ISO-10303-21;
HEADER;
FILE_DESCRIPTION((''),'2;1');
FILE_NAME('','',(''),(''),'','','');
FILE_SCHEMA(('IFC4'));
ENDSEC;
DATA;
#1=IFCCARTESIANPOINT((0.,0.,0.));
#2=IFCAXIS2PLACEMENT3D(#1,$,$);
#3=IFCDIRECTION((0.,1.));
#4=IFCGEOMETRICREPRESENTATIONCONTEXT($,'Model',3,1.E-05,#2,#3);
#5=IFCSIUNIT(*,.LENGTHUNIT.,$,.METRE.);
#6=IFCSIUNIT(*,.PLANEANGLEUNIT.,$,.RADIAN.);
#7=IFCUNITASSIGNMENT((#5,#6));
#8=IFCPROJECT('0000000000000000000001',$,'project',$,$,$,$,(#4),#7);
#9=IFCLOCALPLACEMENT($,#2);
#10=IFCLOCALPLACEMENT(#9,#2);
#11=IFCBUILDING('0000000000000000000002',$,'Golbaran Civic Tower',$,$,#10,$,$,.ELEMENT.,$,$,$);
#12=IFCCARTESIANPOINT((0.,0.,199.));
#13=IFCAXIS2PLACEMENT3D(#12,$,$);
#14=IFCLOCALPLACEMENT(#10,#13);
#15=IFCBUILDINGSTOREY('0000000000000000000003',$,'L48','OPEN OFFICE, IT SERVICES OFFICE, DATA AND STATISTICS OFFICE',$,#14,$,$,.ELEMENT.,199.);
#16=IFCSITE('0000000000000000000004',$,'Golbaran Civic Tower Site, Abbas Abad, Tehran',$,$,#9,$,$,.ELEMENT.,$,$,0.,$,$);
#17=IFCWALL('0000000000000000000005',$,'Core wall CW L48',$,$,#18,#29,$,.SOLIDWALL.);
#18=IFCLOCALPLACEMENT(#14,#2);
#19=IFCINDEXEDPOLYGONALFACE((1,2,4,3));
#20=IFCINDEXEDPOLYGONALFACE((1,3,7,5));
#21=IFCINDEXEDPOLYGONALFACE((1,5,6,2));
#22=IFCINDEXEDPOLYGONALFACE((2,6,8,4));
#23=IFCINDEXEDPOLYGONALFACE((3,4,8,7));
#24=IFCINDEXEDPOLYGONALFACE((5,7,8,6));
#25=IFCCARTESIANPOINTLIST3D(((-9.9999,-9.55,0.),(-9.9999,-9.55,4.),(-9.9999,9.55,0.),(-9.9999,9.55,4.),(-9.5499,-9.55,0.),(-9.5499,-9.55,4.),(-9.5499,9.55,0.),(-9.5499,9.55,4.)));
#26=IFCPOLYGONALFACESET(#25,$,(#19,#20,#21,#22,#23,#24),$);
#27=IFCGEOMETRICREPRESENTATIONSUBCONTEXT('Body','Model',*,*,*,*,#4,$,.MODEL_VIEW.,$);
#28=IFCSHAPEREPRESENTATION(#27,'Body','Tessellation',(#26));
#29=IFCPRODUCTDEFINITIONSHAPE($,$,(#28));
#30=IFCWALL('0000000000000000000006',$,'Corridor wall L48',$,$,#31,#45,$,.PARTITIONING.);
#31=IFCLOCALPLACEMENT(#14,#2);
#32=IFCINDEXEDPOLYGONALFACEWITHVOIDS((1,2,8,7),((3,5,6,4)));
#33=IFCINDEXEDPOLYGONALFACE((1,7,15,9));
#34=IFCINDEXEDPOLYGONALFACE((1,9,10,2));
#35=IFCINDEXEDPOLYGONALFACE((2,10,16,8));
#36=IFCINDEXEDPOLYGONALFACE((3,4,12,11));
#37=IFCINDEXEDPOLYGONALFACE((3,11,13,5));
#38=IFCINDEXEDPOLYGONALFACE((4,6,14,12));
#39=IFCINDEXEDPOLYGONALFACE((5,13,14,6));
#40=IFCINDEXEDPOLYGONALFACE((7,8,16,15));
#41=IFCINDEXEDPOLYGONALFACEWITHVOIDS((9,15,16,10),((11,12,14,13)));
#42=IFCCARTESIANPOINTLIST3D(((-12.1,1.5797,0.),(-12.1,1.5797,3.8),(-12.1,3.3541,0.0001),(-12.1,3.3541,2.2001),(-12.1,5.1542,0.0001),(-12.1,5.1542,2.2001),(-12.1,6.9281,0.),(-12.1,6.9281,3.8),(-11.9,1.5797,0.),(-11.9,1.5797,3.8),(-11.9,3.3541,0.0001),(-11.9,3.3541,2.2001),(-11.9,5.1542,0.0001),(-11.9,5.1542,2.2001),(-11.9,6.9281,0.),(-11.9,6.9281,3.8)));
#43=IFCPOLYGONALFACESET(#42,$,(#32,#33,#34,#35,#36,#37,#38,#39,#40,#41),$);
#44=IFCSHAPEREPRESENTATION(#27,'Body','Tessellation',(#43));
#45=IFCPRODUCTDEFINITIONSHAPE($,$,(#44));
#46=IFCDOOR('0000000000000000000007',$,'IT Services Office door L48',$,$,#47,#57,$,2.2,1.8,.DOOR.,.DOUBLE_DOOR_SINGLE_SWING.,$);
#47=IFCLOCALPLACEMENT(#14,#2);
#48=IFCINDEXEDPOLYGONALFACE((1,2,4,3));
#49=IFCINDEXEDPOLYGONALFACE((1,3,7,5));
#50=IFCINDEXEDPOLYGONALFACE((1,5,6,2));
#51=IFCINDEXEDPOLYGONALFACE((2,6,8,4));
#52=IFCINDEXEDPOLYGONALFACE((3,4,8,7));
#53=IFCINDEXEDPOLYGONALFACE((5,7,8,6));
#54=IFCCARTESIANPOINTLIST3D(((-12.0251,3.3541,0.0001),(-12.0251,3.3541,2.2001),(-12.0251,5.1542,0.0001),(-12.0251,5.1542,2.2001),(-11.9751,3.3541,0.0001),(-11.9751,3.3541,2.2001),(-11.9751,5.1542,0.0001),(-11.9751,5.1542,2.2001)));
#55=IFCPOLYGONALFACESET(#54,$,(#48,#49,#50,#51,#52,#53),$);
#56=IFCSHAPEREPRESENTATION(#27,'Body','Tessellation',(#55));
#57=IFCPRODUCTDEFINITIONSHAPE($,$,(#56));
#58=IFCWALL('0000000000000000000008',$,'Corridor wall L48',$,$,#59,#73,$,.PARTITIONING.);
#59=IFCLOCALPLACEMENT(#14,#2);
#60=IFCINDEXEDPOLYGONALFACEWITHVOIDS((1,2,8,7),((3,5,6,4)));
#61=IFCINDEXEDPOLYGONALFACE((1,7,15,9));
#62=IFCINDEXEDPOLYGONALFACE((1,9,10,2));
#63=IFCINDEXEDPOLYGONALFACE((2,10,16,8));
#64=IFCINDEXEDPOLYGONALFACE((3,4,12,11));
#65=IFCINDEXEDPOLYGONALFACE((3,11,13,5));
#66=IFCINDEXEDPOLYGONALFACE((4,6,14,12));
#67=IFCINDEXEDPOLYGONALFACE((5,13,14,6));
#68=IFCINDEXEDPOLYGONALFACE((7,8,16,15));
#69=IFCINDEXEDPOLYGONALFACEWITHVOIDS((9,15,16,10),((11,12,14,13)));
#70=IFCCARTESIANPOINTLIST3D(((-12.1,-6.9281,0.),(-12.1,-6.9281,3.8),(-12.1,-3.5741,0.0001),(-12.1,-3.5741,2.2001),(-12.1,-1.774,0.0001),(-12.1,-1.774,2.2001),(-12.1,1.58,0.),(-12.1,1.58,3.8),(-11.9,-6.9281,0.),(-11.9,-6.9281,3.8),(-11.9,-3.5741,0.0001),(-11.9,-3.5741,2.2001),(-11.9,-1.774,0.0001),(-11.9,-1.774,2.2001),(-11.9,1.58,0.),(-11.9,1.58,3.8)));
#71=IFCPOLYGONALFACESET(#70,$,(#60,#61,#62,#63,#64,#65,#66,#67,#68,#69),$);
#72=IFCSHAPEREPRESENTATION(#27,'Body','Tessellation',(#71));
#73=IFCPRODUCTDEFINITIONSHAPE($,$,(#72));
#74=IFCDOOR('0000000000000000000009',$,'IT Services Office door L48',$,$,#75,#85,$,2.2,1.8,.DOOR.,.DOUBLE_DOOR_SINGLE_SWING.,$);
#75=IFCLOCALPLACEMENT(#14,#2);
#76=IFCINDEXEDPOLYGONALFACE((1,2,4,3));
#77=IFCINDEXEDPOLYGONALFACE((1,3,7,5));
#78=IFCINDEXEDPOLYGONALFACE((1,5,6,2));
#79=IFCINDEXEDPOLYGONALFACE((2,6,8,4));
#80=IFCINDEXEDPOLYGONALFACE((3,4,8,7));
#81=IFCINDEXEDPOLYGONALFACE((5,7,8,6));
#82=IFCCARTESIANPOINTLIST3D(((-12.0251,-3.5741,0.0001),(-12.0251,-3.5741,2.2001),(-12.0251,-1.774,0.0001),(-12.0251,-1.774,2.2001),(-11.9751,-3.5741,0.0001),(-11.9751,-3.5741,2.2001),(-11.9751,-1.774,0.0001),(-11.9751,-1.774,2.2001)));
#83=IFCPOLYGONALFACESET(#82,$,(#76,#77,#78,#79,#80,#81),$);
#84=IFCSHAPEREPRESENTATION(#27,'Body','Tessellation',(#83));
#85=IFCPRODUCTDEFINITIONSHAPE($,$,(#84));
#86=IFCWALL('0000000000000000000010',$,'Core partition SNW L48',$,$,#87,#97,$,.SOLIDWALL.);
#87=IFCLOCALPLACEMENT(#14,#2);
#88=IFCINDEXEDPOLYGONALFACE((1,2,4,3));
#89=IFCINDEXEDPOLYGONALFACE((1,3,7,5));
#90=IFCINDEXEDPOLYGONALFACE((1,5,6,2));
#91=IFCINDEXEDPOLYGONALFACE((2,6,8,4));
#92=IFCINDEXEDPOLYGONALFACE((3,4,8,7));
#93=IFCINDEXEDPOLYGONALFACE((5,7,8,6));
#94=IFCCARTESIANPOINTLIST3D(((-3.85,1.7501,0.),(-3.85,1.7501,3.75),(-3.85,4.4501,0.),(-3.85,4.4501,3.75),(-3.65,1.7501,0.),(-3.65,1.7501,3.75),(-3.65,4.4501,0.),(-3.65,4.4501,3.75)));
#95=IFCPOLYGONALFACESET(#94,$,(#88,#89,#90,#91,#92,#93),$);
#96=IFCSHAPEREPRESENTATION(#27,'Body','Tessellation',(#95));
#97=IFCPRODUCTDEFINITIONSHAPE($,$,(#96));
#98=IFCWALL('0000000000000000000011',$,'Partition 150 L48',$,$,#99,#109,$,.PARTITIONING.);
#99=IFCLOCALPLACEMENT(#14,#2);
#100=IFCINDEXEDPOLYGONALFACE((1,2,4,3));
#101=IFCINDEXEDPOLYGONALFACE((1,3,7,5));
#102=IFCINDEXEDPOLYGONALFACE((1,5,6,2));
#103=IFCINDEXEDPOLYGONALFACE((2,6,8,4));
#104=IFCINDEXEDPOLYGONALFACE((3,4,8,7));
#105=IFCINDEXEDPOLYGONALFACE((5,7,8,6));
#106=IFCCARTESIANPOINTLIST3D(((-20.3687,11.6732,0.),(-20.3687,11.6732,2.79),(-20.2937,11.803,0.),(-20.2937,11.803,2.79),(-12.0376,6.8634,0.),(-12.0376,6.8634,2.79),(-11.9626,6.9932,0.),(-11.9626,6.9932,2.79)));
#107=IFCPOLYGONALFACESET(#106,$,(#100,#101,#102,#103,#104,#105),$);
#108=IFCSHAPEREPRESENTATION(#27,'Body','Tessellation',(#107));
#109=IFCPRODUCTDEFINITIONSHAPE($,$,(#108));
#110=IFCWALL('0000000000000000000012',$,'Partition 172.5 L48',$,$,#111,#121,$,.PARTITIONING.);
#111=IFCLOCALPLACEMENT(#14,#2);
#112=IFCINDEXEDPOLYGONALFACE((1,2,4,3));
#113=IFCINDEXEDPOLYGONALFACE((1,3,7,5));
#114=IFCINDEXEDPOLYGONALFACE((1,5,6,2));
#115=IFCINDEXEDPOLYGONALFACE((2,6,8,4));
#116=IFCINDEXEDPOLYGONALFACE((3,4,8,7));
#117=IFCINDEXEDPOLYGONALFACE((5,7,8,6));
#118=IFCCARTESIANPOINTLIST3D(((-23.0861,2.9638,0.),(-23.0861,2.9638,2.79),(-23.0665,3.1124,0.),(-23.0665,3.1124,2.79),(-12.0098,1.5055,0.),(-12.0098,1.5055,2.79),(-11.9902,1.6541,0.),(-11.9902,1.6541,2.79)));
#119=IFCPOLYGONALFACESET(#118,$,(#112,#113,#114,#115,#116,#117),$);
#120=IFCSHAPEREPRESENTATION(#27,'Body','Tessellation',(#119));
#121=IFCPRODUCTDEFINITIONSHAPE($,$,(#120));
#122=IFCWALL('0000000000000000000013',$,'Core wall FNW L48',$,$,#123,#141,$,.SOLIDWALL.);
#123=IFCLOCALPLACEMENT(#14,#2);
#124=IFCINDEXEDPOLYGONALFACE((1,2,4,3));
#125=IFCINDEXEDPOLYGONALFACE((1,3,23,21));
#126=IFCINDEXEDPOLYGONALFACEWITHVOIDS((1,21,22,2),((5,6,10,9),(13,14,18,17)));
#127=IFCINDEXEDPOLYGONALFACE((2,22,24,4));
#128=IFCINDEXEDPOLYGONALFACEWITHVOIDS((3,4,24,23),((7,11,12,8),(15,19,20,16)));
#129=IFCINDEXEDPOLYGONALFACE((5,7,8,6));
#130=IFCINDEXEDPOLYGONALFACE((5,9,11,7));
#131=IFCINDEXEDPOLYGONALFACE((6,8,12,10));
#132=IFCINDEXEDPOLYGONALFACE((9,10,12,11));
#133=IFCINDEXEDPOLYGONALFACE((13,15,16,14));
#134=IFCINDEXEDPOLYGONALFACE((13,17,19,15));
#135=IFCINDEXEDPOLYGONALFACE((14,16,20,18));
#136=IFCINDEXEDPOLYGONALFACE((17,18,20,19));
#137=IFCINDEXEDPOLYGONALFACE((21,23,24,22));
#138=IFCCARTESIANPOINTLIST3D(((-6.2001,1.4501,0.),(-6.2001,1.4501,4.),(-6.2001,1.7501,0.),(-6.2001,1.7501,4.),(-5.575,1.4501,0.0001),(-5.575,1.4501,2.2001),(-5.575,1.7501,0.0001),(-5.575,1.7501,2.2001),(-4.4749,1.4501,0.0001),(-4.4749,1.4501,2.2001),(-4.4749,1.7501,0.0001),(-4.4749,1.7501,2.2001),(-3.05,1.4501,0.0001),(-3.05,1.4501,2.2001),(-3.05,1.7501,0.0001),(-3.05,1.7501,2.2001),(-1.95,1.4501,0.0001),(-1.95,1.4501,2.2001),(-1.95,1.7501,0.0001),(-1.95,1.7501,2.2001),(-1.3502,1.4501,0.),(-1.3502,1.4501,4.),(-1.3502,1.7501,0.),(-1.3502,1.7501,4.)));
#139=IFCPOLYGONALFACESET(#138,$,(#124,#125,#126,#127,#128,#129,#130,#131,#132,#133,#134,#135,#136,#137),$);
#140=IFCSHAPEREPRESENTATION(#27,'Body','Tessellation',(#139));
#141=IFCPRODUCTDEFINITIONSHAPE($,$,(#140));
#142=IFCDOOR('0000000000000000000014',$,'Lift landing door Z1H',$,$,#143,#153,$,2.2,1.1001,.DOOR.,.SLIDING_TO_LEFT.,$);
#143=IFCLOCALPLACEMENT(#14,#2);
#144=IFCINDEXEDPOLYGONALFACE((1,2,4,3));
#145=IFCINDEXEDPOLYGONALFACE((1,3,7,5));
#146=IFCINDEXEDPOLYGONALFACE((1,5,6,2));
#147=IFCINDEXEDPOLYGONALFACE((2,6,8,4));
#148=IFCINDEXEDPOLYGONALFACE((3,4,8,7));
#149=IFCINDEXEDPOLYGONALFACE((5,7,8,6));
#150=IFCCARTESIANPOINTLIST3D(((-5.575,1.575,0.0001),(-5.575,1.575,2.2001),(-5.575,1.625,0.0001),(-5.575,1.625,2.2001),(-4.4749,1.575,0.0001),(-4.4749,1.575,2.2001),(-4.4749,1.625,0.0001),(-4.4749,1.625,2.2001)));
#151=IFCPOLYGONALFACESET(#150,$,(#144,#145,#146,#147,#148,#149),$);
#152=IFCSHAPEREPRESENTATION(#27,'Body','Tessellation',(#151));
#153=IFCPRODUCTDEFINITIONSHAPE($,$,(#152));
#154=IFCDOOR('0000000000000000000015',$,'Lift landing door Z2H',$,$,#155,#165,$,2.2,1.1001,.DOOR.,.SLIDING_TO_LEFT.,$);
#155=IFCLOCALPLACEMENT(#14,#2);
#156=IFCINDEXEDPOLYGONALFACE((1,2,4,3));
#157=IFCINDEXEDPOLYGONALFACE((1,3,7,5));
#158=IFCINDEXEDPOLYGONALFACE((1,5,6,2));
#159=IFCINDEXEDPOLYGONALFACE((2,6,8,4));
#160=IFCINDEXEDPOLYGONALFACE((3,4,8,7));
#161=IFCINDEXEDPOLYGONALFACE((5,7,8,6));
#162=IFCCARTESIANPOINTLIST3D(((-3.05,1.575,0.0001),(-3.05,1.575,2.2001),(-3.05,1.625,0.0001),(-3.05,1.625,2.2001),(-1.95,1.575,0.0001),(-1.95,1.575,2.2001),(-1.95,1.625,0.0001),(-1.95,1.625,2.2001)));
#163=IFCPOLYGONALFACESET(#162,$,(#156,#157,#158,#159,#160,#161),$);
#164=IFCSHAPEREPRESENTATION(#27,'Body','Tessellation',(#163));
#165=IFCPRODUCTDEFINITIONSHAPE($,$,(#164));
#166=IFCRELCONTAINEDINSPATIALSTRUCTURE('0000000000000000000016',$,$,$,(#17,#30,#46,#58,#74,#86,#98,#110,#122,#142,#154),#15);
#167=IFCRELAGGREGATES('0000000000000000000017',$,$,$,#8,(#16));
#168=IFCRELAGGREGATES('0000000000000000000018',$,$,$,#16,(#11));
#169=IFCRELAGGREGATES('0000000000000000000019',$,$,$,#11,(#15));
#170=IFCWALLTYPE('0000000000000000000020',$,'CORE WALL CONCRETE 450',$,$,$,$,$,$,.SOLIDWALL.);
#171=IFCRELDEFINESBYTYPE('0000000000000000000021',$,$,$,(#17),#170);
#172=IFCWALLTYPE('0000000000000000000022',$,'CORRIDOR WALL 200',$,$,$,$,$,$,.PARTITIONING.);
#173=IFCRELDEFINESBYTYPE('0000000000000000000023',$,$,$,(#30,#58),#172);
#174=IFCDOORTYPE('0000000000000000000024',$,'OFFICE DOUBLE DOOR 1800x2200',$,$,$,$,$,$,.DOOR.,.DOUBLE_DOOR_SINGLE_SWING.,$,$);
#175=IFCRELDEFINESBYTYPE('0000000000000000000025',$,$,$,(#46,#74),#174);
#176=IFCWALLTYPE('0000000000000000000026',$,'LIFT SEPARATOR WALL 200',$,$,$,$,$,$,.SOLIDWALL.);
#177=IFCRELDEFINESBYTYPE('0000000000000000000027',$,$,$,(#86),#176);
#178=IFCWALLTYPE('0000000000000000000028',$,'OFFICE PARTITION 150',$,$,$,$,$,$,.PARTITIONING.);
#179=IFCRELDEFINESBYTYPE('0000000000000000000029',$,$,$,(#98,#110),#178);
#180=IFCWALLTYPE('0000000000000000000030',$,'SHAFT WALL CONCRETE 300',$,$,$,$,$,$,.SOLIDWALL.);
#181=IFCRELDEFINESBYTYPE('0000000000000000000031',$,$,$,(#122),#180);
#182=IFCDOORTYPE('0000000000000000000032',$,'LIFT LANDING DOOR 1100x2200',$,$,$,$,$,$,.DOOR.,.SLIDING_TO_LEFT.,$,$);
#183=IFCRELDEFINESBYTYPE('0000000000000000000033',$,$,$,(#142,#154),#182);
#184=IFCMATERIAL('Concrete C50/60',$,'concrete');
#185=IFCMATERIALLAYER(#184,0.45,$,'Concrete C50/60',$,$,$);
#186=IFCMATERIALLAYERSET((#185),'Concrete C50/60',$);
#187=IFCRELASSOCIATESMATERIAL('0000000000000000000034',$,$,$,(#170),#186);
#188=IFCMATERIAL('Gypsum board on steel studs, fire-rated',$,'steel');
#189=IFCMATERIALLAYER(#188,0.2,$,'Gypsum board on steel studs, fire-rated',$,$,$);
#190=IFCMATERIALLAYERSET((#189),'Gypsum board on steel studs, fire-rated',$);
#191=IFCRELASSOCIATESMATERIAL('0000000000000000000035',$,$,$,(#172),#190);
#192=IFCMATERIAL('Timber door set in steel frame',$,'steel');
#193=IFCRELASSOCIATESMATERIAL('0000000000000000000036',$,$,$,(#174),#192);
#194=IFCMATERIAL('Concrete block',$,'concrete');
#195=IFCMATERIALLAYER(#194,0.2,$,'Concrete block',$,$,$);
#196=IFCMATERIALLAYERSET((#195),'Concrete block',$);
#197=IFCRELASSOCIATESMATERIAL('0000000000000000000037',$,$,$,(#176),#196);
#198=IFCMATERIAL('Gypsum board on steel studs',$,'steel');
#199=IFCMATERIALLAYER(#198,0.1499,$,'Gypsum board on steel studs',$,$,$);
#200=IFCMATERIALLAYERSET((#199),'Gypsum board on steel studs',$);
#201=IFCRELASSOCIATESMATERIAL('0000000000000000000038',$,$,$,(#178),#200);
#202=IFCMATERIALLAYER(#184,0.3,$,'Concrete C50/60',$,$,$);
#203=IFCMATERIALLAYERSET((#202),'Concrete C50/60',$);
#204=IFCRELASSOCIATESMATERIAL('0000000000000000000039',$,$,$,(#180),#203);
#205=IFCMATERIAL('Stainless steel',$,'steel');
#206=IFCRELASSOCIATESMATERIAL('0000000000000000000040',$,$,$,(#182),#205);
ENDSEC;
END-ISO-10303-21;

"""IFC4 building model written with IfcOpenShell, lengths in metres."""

from ifc_helpers import new_model, si_unit, direction, frame, frame_2d, origin, place, context, subcontext, project, spatial, rectangle, extrude, material, layer, layer_set, type_object, element, fill, save


model = new_model("IFC4")

# Units and contexts
model_context = context("Model", 3, precision=1e-05, world=origin(), true_north=direction((0.0, 1.0)))
body_context = subcontext(model_context, "Body", "Model", "MODEL_VIEW")
ifc_project = project(units=[si_unit("LENGTHUNIT", "METRE"), si_unit("PLANEANGLEUNIT", "RADIAN")], contexts=[model_context])

# Site, building, storey
site_placement = place(None, origin())
site = spatial("IfcSite", under=ifc_project, at=site_placement, Name="Golbaran Civic Tower Site, Abbas Abad, Tehran", CompositionType="ELEMENT", RefElevation=0.0)
building_placement = place(site_placement, origin())
building = spatial("IfcBuilding", under=site, at=building_placement, Name="Golbaran Civic Tower", CompositionType="ELEMENT")
storey_placement = place(building_placement, frame((0.0, 0.0, 199.0)))
storey = spatial("IfcBuildingStorey", under=building, at=storey_placement, Name="L48", Description="OPEN OFFICE, IT SERVICES OFFICE, DATA AND STATISTICS OFFICE", CompositionType="ELEMENT", Elevation=199.0)

# Shared definitions
ifc_material_1 = material(Name="Concrete C50/60", Category="concrete")
ifc_layer_1 = layer(ifc_material_1, 0.45, Name="Concrete C50/60")
ifc_layer_set_1 = layer_set([ifc_layer_1], Name="Concrete C50/60")
wall_type_1 = type_object("IfcWallType", Name="CORE WALL CONCRETE 450", PredefinedType="SOLIDWALL", material=ifc_layer_set_1)
ifc_material_2 = material(Name="Timber door set in steel frame", Category="steel")

# Wall
wall_1_placement = place(storey_placement, frame((-9.7749, 9.55, 0.0), z_axis=(0.0, 0.0, 1.0), x_axis=(0.0, -1.0, 0.0)))
element("IfcWall", 1, at=wall_1_placement, inside=storey, type_object=wall_type_1, Name="Core wall CW L48", PredefinedType="SOLIDWALL", context=body_context, shape_type="SweptSolid", body=[
    extrude(rectangle(XDim=19.1001, YDim=0.45, at=frame_2d((9.55, 0.0))), origin(), (0.0, 0.0, 1.0), 4.0),
])

# Walls, openings, doors
ifc_material_3 = material(Name="Gypsum board on steel studs, fire-rated", Category="steel")
ifc_layer_2 = layer(ifc_material_3, 0.2, Name="Gypsum board on steel studs, fire-rated")
ifc_layer_set_2 = layer_set([ifc_layer_2], Name="Gypsum board on steel studs, fire-rated")
wall_type_2 = type_object("IfcWallType", Name="CORRIDOR WALL 200", PredefinedType="PARTITIONING", material=ifc_layer_set_2)
wall_2_placement = place(storey_placement, frame((-12.0, 6.9282, 0.0), z_axis=(0.0, 0.0, 1.0), x_axis=(0.0, -1.0, 0.0)))
wall_2 = element("IfcWall", 2, at=wall_2_placement, inside=storey, type_object=wall_type_2, Name="Corridor wall L48", PredefinedType="PARTITIONING", context=body_context, shape_type="SweptSolid", body=[
    extrude(rectangle(XDim=5.3484, YDim=0.2, at=frame_2d((2.6743, 0.0))), origin(), (0.0, 0.0, 1.0), 3.8),
])
opening_1_placement = place(wall_2_placement, frame((1.7742, 0.0, 0.0)))
opening_1 = element("IfcOpeningElement", 3, at=opening_1_placement, cuts=wall_2, PredefinedType="OPENING", context=body_context, shape_type="SweptSolid", body=[
    extrude(rectangle(XDim=1.8, YDim=2.2, at=frame_2d((0.8999, 1.1001))), frame((0.0, 0.1099, 0.0), z_axis=(0.0, -1.0, 0.0), x_axis=(1.0, 0.0, 0.0)), (0.0, 0.0, 1.0), 0.22),
])
door_type_1 = type_object("IfcDoorType", Name="OFFICE DOUBLE DOOR 1800x2200", OperationType="DOUBLE_DOOR_SINGLE_SWING", PredefinedType="DOOR", material=ifc_material_2)
door_1_placement = place(opening_1_placement, origin())
door_1 = element("IfcDoor", 4, at=door_1_placement, inside=storey, type_object=door_type_1, Name="IT Services Office door L48", OperationType="DOUBLE_DOOR_SINGLE_SWING", OverallHeight=2.2, OverallWidth=1.8, PredefinedType="DOOR", context=body_context, shape_type="SweptSolid", body=[
    extrude(rectangle(XDim=1.8, YDim=2.2, at=frame_2d((0.8999, 1.1001))), frame((0.0, 0.0249, 0.0), z_axis=(0.0, -1.0, 0.0), x_axis=(1.0, 0.0, 0.0)), (0.0, 0.0, 1.0), 0.05),
])
fill(opening_1, door_1)
wall_3_placement = place(storey_placement, frame((-12.0, 1.5798, 0.0), z_axis=(0.0, 0.0, 1.0), x_axis=(0.0, -1.0, 0.0)))
wall_3 = element("IfcWall", 5, at=wall_3_placement, inside=storey, type_object=wall_type_2, Name="Corridor wall L48", PredefinedType="PARTITIONING", context=body_context, shape_type="SweptSolid", body=[
    extrude(rectangle(XDim=8.5081, YDim=0.2, at=frame_2d((4.2539, 0.0))), origin(), (0.0, 0.0, 1.0), 3.8),
])
opening_2_placement = place(wall_3_placement, frame((3.354, 0.0, 0.0)))
opening_2 = element("IfcOpeningElement", 6, at=opening_2_placement, cuts=wall_3, PredefinedType="OPENING", context=body_context, shape_type="SweptSolid", body=[
    extrude(rectangle(XDim=1.8, YDim=2.2, at=frame_2d((0.8999, 1.1001))), frame((0.0, 0.1099, 0.0), z_axis=(0.0, -1.0, 0.0), x_axis=(1.0, 0.0, 0.0)), (0.0, 0.0, 1.0), 0.22),
])
door_2_placement = place(opening_2_placement, origin())
door_2 = element("IfcDoor", 7, at=door_2_placement, inside=storey, type_object=door_type_1, Name="IT Services Office door L48", OperationType="DOUBLE_DOOR_SINGLE_SWING", OverallHeight=2.2, OverallWidth=1.8, PredefinedType="DOOR", context=body_context, shape_type="SweptSolid", body=[
    extrude(rectangle(XDim=1.8, YDim=2.2, at=frame_2d((0.8999, 1.1001))), frame((0.0, 0.0249, 0.0), z_axis=(0.0, -1.0, 0.0), x_axis=(1.0, 0.0, 0.0)), (0.0, 0.0, 1.0), 0.05),
])
fill(opening_2, door_2)

# Walls
ifc_material_4 = material(Name="Concrete block", Category="concrete")
ifc_layer_3 = layer(ifc_material_4, 0.2, Name="Concrete block")
ifc_layer_set_3 = layer_set([ifc_layer_3], Name="Concrete block")
wall_type_3 = type_object("IfcWallType", Name="LIFT SEPARATOR WALL 200", PredefinedType="SOLIDWALL", material=ifc_layer_set_3)
wall_4_placement = place(storey_placement, frame((-3.75, 1.75, 0.0), z_axis=(0.0, 0.0, 1.0), x_axis=(0.0, 1.0, 0.0)))
element("IfcWall", 8, at=wall_4_placement, inside=storey, type_object=wall_type_3, Name="Core partition SNW L48", PredefinedType="SOLIDWALL", context=body_context, shape_type="SweptSolid", body=[
    extrude(rectangle(XDim=2.7, YDim=0.2, at=frame_2d((1.3501, 0.0))), origin(), (0.0, 0.0, 1.0), 3.75),
])
ifc_material_5 = material(Name="Gypsum board on steel studs", Category="steel")
ifc_layer_4 = layer(ifc_material_5, 0.1499, Name="Gypsum board on steel studs")
ifc_layer_set_4 = layer_set([ifc_layer_4], Name="Gypsum board on steel studs")
wall_type_4 = type_object("IfcWallType", Name="OFFICE PARTITION 150", PredefinedType="PARTITIONING", material=ifc_layer_set_4)
wall_5_placement = place(storey_placement, frame((-12.0, 6.9282, 0.0), z_axis=(0.0, 0.0, 1.0), x_axis=(-0.866031, 0.49999, 0.0)))
element("IfcWall", 9, at=wall_5_placement, inside=storey, type_object=wall_type_4, Name="Partition 150 L48", PredefinedType="PARTITIONING", context=body_context, shape_type="SweptSolid", body=[
    extrude(rectangle(XDim=9.6199, YDim=0.1499, at=frame_2d((4.8101, 0.0))), origin(), (0.0, 0.0, 1.0), 2.79),
])
wall_6_placement = place(storey_placement, frame((-12.0, 1.5798, 0.0), z_axis=(0.0, 0.0, 1.0), x_axis=(-0.991444, 0.13053, 0.0)))
element("IfcWall", 10, at=wall_6_placement, inside=storey, type_object=wall_type_4, Name="Partition 172.5 L48", PredefinedType="PARTITIONING", context=body_context, shape_type="SweptSolid", body=[
    extrude(rectangle(XDim=11.1719, YDim=0.1499, at=frame_2d((5.5859, 0.0))), origin(), (0.0, 0.0, 1.0), 2.79),
])

# Wall, openings, doors
ifc_layer_5 = layer(ifc_material_1, 0.3, Name="Concrete C50/60")
ifc_layer_set_5 = layer_set([ifc_layer_5], Name="Concrete C50/60")
wall_type_5 = type_object("IfcWallType", Name="SHAFT WALL CONCRETE 300", PredefinedType="SOLIDWALL", material=ifc_layer_set_5)
wall_7_placement = place(storey_placement, frame((-6.2, 1.6001, 0.0), z_axis=(0.0, 0.0, 1.0), x_axis=(1.0, 0.0, 0.0)))
wall_7 = element("IfcWall", 11, at=wall_7_placement, inside=storey, type_object=wall_type_5, Name="Core wall FNW L48", PredefinedType="SOLIDWALL", context=body_context, shape_type="SweptSolid", body=[
    extrude(rectangle(XDim=4.8499, YDim=0.3, at=frame_2d((2.4248, 0.0))), origin(), (0.0, 0.0, 1.0), 4.0),
])
opening_3_placement = place(wall_7_placement, frame((0.625, 0.0, 0.0)))
opening_3 = element("IfcOpeningElement", 12, at=opening_3_placement, cuts=wall_7, PredefinedType="OPENING", context=body_context, shape_type="SweptSolid", body=[
    extrude(rectangle(XDim=1.1001, YDim=2.2, at=frame_2d((0.55, 1.1001))), frame((0.0, 0.1599, 0.0), z_axis=(0.0, -1.0, 0.0), x_axis=(1.0, 0.0, 0.0)), (0.0, 0.0, 1.0), 0.3201),
])
opening_4_placement = place(wall_7_placement, frame((3.1499, 0.0, 0.0)))
opening_4 = element("IfcOpeningElement", 13, at=opening_4_placement, cuts=wall_7, PredefinedType="OPENING", context=body_context, shape_type="SweptSolid", body=[
    extrude(rectangle(XDim=1.1001, YDim=2.2, at=frame_2d((0.55, 1.1001))), frame((0.0, 0.1599, 0.0), z_axis=(0.0, -1.0, 0.0), x_axis=(1.0, 0.0, 0.0)), (0.0, 0.0, 1.0), 0.3201),
])
ifc_material_6 = material(Name="Stainless steel", Category="steel")
door_type_2 = type_object("IfcDoorType", Name="LIFT LANDING DOOR 1100x2200", OperationType="SLIDING_TO_LEFT", PredefinedType="DOOR", material=ifc_material_6)
door_3_placement = place(opening_3_placement, origin())
door_3 = element("IfcDoor", 14, at=door_3_placement, inside=storey, type_object=door_type_2, Name="Lift landing door Z1H", OperationType="SLIDING_TO_LEFT", OverallHeight=2.2, OverallWidth=1.1001, PredefinedType="DOOR", context=body_context, shape_type="SweptSolid", body=[
    extrude(rectangle(XDim=1.1001, YDim=2.2, at=frame_2d((0.55, 1.1001))), frame((0.0, 0.0249, 0.0), z_axis=(0.0, -1.0, 0.0), x_axis=(1.0, 0.0, 0.0)), (0.0, 0.0, 1.0), 0.05),
])
fill(opening_3, door_3)
door_4_placement = place(opening_4_placement, origin())
door_4 = element("IfcDoor", 15, at=door_4_placement, inside=storey, type_object=door_type_2, Name="Lift landing door Z2H", OperationType="SLIDING_TO_LEFT", OverallHeight=2.2, OverallWidth=1.1001, PredefinedType="DOOR", context=body_context, shape_type="SweptSolid", body=[
    extrude(rectangle(XDim=1.1001, YDim=2.2, at=frame_2d((0.55, 1.1001))), frame((0.0, 0.0249, 0.0), z_axis=(0.0, -1.0, 0.0), x_axis=(1.0, 0.0, 0.0)), (0.0, 0.0, 1.0), 0.05),
])
fill(opening_4, door_4)

save(model, "model.ifc")
